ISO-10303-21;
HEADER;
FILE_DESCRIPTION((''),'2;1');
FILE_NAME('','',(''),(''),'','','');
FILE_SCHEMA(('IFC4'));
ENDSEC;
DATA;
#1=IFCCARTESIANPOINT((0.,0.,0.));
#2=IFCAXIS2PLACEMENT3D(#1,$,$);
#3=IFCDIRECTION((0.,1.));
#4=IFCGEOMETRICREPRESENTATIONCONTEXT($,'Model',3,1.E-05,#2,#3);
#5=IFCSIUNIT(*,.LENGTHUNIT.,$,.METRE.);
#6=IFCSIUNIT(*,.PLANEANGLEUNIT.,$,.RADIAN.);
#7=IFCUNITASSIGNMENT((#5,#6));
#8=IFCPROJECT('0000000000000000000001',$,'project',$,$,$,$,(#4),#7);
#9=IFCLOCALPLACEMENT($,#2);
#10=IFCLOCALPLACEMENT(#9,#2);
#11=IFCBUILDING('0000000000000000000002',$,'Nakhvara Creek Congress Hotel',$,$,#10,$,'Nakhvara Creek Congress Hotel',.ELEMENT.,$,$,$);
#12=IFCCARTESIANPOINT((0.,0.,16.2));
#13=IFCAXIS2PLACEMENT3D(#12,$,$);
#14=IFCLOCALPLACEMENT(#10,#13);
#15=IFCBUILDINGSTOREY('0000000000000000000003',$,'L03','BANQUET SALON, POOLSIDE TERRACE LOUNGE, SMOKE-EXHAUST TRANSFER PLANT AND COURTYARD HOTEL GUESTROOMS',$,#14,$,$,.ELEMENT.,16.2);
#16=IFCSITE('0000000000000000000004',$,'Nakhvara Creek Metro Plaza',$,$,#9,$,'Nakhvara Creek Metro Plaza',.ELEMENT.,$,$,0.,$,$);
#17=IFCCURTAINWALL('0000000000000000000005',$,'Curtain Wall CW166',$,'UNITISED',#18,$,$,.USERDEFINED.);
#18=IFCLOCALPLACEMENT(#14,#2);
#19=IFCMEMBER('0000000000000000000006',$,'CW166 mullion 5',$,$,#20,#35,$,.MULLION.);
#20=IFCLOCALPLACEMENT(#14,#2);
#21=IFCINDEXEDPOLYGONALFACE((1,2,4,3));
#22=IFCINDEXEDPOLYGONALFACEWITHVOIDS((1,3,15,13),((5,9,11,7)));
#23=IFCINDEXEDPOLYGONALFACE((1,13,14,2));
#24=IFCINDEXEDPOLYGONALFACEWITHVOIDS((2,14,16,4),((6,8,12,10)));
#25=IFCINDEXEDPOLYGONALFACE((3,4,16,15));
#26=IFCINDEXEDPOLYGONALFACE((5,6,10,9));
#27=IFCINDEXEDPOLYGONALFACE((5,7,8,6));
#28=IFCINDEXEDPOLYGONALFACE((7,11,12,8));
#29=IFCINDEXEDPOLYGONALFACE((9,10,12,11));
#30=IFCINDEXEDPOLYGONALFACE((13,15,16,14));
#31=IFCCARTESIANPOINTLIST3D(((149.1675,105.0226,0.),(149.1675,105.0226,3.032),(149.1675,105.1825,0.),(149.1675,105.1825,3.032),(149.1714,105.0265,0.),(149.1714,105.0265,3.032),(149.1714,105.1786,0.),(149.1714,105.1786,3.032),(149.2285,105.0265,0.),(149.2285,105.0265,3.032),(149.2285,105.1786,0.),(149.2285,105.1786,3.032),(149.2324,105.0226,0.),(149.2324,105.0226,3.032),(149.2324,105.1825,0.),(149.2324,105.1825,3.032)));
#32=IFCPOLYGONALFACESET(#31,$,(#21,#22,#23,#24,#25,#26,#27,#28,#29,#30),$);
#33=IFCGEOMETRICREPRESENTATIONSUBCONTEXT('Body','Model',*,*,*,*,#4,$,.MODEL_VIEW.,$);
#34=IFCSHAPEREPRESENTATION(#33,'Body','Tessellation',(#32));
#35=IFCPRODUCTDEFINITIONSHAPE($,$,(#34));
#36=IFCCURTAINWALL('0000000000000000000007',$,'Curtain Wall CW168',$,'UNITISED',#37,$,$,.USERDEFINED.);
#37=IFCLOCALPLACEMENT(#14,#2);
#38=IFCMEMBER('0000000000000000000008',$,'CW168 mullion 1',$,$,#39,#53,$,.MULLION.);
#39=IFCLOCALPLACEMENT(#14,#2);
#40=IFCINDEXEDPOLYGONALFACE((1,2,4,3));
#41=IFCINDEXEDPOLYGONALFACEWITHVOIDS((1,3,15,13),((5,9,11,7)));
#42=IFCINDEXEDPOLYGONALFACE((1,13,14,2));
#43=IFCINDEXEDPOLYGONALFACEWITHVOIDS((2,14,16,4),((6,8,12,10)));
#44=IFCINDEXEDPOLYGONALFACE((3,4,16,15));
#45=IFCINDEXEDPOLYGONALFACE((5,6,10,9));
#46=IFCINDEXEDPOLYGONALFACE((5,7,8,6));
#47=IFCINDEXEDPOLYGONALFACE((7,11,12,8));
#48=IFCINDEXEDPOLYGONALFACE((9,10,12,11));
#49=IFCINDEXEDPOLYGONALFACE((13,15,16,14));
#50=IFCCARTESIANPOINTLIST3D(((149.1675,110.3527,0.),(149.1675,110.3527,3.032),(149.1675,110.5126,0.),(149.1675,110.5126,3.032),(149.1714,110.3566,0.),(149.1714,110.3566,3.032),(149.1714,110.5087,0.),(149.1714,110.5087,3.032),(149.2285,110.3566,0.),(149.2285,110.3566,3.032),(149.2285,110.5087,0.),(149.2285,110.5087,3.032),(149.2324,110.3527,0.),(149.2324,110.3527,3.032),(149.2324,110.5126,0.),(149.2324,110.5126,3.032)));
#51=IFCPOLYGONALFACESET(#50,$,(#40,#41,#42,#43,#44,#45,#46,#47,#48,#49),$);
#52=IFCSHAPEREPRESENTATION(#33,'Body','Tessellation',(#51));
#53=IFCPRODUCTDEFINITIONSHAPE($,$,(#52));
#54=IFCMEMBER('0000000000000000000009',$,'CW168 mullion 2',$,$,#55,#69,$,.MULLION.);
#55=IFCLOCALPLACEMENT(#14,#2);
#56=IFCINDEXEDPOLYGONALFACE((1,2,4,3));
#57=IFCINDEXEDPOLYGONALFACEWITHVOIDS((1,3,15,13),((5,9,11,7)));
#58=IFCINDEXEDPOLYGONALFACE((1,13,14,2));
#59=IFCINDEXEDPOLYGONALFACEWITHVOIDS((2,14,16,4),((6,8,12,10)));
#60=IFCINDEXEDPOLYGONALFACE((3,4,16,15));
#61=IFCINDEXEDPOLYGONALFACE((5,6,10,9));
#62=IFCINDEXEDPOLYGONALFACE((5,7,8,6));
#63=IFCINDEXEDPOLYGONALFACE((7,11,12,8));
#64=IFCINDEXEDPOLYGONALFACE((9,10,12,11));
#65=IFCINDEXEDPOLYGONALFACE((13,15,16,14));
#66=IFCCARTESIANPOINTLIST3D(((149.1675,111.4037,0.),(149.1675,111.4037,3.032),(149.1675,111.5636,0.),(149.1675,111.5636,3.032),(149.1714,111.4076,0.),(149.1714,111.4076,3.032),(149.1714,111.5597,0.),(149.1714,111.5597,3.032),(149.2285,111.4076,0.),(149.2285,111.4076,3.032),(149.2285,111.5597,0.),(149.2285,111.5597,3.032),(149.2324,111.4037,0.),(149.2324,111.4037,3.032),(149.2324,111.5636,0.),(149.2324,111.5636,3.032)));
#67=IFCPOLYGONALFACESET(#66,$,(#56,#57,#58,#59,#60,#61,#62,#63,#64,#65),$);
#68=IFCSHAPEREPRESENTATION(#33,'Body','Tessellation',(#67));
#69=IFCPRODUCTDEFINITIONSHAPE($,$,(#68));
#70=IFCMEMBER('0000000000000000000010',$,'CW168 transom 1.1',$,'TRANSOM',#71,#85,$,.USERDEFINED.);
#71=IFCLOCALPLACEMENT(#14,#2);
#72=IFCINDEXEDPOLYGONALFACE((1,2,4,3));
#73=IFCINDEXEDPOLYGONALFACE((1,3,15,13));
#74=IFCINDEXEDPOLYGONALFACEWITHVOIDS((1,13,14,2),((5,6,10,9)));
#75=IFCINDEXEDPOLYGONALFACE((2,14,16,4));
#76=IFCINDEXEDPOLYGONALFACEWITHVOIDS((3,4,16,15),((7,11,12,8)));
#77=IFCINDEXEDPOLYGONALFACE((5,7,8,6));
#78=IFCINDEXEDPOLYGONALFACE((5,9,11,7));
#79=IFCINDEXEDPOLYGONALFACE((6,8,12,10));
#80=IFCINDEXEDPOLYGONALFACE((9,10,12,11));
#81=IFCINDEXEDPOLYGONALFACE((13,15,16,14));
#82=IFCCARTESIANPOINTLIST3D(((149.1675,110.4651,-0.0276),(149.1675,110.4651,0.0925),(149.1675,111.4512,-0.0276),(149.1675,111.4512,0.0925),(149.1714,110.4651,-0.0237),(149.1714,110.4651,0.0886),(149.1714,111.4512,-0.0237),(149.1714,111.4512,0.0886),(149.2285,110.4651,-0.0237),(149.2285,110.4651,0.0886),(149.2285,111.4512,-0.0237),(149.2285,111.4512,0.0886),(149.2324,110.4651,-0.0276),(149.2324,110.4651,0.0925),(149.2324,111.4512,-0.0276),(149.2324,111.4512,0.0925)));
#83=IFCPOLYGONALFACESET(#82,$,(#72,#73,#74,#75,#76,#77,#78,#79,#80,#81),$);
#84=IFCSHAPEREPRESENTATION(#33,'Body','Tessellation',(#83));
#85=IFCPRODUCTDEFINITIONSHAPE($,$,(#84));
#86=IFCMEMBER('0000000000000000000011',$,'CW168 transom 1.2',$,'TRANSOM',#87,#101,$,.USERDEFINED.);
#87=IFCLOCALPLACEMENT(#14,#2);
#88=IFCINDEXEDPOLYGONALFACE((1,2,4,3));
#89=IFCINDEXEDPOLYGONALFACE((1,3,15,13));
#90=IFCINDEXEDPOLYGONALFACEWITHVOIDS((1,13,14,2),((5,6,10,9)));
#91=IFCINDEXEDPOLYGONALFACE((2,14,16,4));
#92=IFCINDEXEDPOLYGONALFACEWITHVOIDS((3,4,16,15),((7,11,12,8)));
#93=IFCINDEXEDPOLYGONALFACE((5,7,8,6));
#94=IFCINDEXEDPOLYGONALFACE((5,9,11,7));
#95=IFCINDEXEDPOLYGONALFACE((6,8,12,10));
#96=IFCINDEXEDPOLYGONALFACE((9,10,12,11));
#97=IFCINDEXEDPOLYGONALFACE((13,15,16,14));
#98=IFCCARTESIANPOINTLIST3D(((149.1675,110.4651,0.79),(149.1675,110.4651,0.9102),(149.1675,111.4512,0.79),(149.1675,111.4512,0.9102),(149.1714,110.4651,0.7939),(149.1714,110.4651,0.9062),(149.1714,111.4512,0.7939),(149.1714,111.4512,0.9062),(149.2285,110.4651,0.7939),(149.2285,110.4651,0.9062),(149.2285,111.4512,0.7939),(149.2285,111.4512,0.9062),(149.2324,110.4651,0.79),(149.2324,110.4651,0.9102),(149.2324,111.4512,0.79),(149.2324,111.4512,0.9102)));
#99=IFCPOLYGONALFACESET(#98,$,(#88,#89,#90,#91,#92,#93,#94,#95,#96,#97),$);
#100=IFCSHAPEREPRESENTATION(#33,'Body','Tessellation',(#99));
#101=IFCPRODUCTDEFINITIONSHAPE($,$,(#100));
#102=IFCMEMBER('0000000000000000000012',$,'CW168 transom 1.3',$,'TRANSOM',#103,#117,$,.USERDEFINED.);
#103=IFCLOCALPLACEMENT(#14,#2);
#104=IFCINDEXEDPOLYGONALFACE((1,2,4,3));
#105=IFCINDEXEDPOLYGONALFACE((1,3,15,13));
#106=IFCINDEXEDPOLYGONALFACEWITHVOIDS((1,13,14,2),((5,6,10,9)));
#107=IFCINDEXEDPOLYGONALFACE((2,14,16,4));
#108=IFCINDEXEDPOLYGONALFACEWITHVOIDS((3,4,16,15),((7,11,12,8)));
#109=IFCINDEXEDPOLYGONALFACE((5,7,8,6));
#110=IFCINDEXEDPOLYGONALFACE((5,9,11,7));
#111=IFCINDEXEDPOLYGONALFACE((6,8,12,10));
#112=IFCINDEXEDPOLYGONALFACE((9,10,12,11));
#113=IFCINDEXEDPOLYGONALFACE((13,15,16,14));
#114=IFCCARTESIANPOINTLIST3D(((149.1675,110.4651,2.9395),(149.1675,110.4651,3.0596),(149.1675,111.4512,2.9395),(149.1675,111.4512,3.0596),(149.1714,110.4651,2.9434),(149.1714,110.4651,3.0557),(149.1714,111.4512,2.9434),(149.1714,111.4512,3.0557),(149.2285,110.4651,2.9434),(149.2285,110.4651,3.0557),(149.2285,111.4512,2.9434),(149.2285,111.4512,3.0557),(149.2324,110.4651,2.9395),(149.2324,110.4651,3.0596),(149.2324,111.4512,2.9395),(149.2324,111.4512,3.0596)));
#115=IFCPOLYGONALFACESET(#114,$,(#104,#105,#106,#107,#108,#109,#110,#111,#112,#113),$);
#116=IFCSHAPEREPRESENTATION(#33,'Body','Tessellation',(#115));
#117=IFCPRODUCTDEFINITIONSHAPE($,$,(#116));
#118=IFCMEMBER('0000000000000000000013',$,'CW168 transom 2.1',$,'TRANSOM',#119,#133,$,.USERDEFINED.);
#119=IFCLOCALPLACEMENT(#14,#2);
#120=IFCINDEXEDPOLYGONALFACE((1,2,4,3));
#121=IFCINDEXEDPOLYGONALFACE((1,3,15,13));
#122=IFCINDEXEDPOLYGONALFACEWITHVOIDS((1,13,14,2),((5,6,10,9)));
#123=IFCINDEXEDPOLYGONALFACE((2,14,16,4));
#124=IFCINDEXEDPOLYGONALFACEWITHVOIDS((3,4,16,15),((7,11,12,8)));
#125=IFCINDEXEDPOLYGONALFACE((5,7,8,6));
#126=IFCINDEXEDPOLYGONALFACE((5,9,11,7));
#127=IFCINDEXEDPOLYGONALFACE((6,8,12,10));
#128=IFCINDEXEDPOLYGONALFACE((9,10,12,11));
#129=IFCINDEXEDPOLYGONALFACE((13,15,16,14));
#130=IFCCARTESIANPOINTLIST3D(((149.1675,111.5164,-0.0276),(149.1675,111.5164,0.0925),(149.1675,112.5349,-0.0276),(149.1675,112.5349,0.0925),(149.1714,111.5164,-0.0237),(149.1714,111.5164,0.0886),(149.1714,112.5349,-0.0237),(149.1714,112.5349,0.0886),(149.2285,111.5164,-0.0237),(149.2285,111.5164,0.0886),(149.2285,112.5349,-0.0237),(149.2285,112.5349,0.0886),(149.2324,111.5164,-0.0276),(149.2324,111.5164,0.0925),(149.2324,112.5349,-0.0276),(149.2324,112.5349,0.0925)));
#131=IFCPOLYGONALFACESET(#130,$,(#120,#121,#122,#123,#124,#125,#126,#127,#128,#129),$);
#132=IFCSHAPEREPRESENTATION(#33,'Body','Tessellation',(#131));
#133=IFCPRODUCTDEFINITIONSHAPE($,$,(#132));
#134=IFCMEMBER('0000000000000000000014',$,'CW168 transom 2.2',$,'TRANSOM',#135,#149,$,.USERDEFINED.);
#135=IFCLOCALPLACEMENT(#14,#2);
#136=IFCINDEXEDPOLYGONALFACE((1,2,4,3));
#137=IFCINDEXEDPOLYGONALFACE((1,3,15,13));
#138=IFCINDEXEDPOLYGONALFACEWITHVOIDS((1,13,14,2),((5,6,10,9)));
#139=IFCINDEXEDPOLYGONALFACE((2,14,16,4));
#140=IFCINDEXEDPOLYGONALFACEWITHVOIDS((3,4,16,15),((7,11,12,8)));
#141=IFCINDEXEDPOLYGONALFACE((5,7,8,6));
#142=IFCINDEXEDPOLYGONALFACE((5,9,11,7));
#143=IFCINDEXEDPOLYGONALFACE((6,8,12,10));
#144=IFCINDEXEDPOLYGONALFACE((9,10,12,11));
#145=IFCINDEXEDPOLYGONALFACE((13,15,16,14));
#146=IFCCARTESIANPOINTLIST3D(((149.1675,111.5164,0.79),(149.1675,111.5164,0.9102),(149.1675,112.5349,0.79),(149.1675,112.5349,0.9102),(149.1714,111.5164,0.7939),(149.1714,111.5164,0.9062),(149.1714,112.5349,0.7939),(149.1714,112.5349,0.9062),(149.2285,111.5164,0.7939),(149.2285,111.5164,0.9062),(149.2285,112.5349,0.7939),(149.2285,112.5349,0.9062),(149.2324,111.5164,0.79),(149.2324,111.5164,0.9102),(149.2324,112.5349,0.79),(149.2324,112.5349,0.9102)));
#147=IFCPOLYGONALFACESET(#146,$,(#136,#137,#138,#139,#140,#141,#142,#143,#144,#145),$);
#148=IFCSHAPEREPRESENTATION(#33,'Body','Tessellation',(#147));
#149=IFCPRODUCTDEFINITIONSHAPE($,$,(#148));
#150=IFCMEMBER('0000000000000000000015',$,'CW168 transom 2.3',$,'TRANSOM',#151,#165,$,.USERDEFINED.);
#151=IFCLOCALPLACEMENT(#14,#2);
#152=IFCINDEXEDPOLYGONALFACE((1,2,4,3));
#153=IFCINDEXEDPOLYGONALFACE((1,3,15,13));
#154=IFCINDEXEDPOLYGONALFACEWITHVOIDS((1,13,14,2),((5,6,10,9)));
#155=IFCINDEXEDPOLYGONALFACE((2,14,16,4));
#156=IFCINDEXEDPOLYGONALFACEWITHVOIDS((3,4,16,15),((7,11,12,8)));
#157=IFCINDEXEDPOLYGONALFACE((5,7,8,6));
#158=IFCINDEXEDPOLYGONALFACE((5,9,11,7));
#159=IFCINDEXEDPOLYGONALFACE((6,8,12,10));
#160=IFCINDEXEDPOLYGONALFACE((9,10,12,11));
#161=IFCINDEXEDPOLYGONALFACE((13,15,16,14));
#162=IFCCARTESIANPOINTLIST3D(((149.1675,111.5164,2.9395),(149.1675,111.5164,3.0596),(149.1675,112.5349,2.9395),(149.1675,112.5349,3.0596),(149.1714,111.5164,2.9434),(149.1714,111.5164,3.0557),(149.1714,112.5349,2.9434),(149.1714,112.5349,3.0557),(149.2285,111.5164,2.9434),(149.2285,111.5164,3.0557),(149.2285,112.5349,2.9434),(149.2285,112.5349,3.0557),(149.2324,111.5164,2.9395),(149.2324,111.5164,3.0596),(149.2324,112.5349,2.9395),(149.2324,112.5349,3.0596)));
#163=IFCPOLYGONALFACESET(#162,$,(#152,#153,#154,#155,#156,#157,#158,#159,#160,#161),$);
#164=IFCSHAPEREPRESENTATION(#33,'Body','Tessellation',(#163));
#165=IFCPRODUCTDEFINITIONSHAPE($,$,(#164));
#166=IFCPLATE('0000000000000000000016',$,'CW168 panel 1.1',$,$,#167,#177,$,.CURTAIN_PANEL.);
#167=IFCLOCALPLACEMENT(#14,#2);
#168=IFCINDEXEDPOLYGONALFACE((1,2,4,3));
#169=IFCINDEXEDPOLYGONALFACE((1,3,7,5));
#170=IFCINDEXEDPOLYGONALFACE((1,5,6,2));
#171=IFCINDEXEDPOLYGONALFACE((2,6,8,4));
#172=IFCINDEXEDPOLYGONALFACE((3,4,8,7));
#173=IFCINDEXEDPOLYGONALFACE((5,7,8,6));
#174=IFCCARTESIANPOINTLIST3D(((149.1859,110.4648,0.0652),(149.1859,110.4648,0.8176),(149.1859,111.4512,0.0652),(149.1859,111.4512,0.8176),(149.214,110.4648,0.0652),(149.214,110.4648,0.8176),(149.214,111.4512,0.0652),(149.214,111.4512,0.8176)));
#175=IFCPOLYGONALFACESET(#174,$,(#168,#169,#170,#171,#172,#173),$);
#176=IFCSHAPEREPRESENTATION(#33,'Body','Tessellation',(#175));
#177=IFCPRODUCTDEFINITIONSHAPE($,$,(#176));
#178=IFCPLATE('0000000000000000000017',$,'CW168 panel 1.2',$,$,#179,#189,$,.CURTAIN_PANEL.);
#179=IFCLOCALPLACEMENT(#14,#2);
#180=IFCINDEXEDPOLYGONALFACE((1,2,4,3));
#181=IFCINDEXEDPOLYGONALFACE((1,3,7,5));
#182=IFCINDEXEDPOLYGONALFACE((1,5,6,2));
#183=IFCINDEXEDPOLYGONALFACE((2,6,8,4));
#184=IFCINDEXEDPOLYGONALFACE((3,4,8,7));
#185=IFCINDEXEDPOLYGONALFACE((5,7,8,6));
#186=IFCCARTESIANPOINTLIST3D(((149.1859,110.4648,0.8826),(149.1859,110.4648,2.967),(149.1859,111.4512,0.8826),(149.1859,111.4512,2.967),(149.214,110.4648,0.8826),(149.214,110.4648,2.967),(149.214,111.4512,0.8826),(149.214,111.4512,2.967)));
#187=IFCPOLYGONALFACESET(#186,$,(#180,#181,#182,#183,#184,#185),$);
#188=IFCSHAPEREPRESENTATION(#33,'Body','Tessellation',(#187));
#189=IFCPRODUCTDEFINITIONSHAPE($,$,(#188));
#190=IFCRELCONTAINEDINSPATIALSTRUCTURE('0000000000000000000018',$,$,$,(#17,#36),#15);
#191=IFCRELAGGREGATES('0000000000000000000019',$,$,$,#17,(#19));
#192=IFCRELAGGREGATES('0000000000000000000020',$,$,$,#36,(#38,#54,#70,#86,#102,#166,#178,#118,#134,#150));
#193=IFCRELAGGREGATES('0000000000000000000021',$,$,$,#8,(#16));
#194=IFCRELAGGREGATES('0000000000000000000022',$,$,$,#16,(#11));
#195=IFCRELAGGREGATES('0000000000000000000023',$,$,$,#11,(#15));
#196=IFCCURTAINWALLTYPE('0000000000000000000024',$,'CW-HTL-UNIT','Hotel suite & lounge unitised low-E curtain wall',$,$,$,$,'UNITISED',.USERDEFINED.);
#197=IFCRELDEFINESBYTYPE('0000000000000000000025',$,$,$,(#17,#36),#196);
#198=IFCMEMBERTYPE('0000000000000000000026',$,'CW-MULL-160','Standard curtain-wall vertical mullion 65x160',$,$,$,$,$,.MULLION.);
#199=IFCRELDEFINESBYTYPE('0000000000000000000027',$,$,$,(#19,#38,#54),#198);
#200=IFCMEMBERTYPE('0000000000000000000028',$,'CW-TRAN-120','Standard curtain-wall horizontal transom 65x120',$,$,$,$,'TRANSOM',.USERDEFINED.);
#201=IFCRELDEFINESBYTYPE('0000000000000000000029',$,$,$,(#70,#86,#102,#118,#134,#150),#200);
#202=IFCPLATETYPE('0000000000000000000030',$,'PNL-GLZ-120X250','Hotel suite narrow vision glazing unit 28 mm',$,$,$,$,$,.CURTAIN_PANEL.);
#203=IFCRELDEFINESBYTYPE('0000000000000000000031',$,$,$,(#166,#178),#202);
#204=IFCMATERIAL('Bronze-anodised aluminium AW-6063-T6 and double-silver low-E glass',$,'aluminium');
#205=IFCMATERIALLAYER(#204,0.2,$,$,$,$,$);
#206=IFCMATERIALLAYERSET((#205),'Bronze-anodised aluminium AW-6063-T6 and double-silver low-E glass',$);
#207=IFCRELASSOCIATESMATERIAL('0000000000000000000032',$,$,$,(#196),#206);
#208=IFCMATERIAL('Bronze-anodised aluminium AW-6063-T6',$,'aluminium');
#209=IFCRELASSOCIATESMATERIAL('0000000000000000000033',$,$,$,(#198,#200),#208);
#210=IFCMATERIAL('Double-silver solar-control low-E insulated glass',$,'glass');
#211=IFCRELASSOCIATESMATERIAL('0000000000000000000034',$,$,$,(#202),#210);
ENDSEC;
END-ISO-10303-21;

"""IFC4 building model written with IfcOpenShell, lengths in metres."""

from ifc_helpers import new_model, si_unit, direction, frame, origin, origin_2d, place, context, subcontext, project, spatial, rectangle, hollow_rectangle, extrude, material, layer, layer_set, material_profile, profile_set, type_object, element, aggregate, save


model = new_model("IFC4")

# Units and contexts
model_context = context("Model", 3, precision=1e-05, world=origin(), true_north=direction((0.0, 1.0)))
body_context = subcontext(model_context, "Body", "Model", "MODEL_VIEW")
ifc_project = project(units=[si_unit("LENGTHUNIT", "METRE"), si_unit("PLANEANGLEUNIT", "RADIAN")], contexts=[model_context])

# Site, building, storey
site_placement = place(None, origin())
site = spatial("IfcSite", under=ifc_project, at=site_placement, Name="Nakhvara Creek Metro Plaza", LongName="Nakhvara Creek Metro Plaza", CompositionType="ELEMENT", RefElevation=0.0)
building_placement = place(site_placement, origin())
building = spatial("IfcBuilding", under=site, at=building_placement, Name="Nakhvara Creek Congress Hotel", LongName="Nakhvara Creek Congress Hotel", CompositionType="ELEMENT")
storey_placement = place(building_placement, frame((0.0, 0.0, 16.2)))
storey = spatial("IfcBuildingStorey", under=building, at=storey_placement, Name="L03", Description="BANQUET SALON, POOLSIDE TERRACE LOUNGE, SMOKE-EXHAUST TRANSFER PLANT AND COURTYARD HOTEL GUESTROOMS", CompositionType="ELEMENT", Elevation=16.2)

# Curtain wall, member
ifc_material_1 = material(Name="Bronze-anodised aluminium AW-6063-T6 and double-silver low-E glass", Category="aluminium")
ifc_layer = layer(ifc_material_1, 0.2)
ifc_layer_set = layer_set([ifc_layer], Name="Bronze-anodised aluminium AW-6063-T6 and double-silver low-E glass")
curtain_wall_type = type_object("IfcCurtainWallType", Name="CW-HTL-UNIT", Description="Hotel suite & lounge unitised low-E curtain wall", ElementType="UNITISED", PredefinedType="USERDEFINED", material=ifc_layer_set)
curtain_wall_1_placement = place(storey_placement, origin())
curtain_wall_1 = element("IfcCurtainWall", 1, at=curtain_wall_1_placement, inside=storey, type_object=curtain_wall_type, Name="Curtain Wall CW166", ObjectType="UNITISED", PredefinedType="USERDEFINED")
ifc_material_2 = material(Name="Bronze-anodised aluminium AW-6063-T6", Category="aluminium")
ifc_material_profile_1 = material_profile(ifc_material_2, hollow_rectangle(XDim=0.0649, YDim=0.1599, WallThickness=0.0039, at=origin_2d()), Name="ALU-MULL 65x160x4", Category="LoadBearing")
ifc_profile_set_1 = profile_set([ifc_material_profile_1], Name="Bronze-anodised aluminium AW-6063-T6")
member_type_1 = type_object("IfcMemberType", Name="CW-MULL-160", Description="Standard curtain-wall vertical mullion 65x160", PredefinedType="MULLION", material=ifc_profile_set_1)
member_1_placement = place(storey_placement, frame((149.2, 105.1025, 0.0), z_axis=(0.0, 0.0, 1.0), x_axis=(-1.0, 0.0, 0.0)))
member_1 = element("IfcMember", 2, at=member_1_placement, type_object=member_type_1, Name="CW166 mullion 5", PredefinedType="MULLION", context=body_context, shape_type="SweptSolid", body=[
    extrude(hollow_rectangle(XDim=0.0649, YDim=0.1599, WallThickness=0.0039, at=origin_2d()), origin(), (0.0, 0.0, 1.0), 3.032),
])
aggregate(curtain_wall_1, [member_1])

# Curtain wall, members, plates
curtain_wall_2_placement = place(storey_placement, origin())
curtain_wall_2 = element("IfcCurtainWall", 3, at=curtain_wall_2_placement, inside=storey, type_object=curtain_wall_type, Name="Curtain Wall CW168", ObjectType="UNITISED", PredefinedType="USERDEFINED")
member_2_placement = place(storey_placement, frame((149.2, 110.4326, 0.0), z_axis=(0.0, 0.0, 1.0), x_axis=(-1.0, 0.0, 0.0)))
member_2 = element("IfcMember", 4, at=member_2_placement, type_object=member_type_1, Name="CW168 mullion 1", PredefinedType="MULLION", context=body_context, shape_type="SweptSolid", body=[
    extrude(hollow_rectangle(XDim=0.0649, YDim=0.1599, WallThickness=0.0039, at=origin_2d()), origin(), (0.0, 0.0, 1.0), 3.032),
])
member_3_placement = place(storey_placement, frame((149.2, 111.4836, 0.0), z_axis=(0.0, 0.0, 1.0), x_axis=(-1.0, 0.0, 0.0)))
member_3 = element("IfcMember", 5, at=member_3_placement, type_object=member_type_1, Name="CW168 mullion 2", PredefinedType="MULLION", context=body_context, shape_type="SweptSolid", body=[
    extrude(hollow_rectangle(XDim=0.0649, YDim=0.1599, WallThickness=0.0039, at=origin_2d()), origin(), (0.0, 0.0, 1.0), 3.032),
])
ifc_material_profile_2 = material_profile(ifc_material_2, hollow_rectangle(XDim=0.0649, YDim=0.1201, WallThickness=0.0039, at=origin_2d()), Name="ALU-TRAN 65x120x4", Category="LoadBearing")
ifc_profile_set_2 = profile_set([ifc_material_profile_2], Name="Bronze-anodised aluminium AW-6063-T6")
member_type_2 = type_object("IfcMemberType", Name="CW-TRAN-120", Description="Standard curtain-wall horizontal transom 65x120", ElementType="TRANSOM", PredefinedType="USERDEFINED", material=ifc_profile_set_2)
member_4_placement = place(storey_placement, frame((149.2, 110.4651, 0.0325), z_axis=(0.0, 1.0, 0.0), x_axis=(-1.0, 0.0, 0.0)))
member_4 = element("IfcMember", 6, at=member_4_placement, type_object=member_type_2, Name="CW168 transom 1.1", ObjectType="TRANSOM", PredefinedType="USERDEFINED", context=body_context, shape_type="SweptSolid", body=[
    extrude(hollow_rectangle(XDim=0.0649, YDim=0.1201, WallThickness=0.0039, at=origin_2d()), origin(), (0.0, 0.0, 1.0), 0.9861),
])
member_5_placement = place(storey_placement, frame((149.2, 110.4651, 0.8501), z_axis=(0.0, 1.0, 0.0), x_axis=(-1.0, 0.0, 0.0)))
member_5 = element("IfcMember", 7, at=member_5_placement, type_object=member_type_2, Name="CW168 transom 1.2", ObjectType="TRANSOM", PredefinedType="USERDEFINED", context=body_context, shape_type="SweptSolid", body=[
    extrude(hollow_rectangle(XDim=0.0649, YDim=0.1201, WallThickness=0.0039, at=origin_2d()), origin(), (0.0, 0.0, 1.0), 0.9861),
])
member_6_placement = place(storey_placement, frame((149.2, 110.4651, 2.9995), z_axis=(0.0, 1.0, 0.0), x_axis=(-1.0, 0.0, 0.0)))
member_6 = element("IfcMember", 8, at=member_6_placement, type_object=member_type_2, Name="CW168 transom 1.3", ObjectType="TRANSOM", PredefinedType="USERDEFINED", context=body_context, shape_type="SweptSolid", body=[
    extrude(hollow_rectangle(XDim=0.0649, YDim=0.1201, WallThickness=0.0039, at=origin_2d()), origin(), (0.0, 0.0, 1.0), 0.9861),
])
member_7_placement = place(storey_placement, frame((149.2, 111.5164, 0.0325), z_axis=(0.0, 1.0, 0.0), x_axis=(-1.0, 0.0, 0.0)))
member_7 = element("IfcMember", 9, at=member_7_placement, type_object=member_type_2, Name="CW168 transom 2.1", ObjectType="TRANSOM", PredefinedType="USERDEFINED", context=body_context, shape_type="SweptSolid", body=[
    extrude(hollow_rectangle(XDim=0.0649, YDim=0.1201, WallThickness=0.0039, at=origin_2d()), origin(), (0.0, 0.0, 1.0), 1.0186),
])
member_8_placement = place(storey_placement, frame((149.2, 111.5164, 0.8501), z_axis=(0.0, 1.0, 0.0), x_axis=(-1.0, 0.0, 0.0)))
member_8 = element("IfcMember", 10, at=member_8_placement, type_object=member_type_2, Name="CW168 transom 2.2", ObjectType="TRANSOM", PredefinedType="USERDEFINED", context=body_context, shape_type="SweptSolid", body=[
    extrude(hollow_rectangle(XDim=0.0649, YDim=0.1201, WallThickness=0.0039, at=origin_2d()), origin(), (0.0, 0.0, 1.0), 1.0186),
])
member_9_placement = place(storey_placement, frame((149.2, 111.5164, 2.9995), z_axis=(0.0, 1.0, 0.0), x_axis=(-1.0, 0.0, 0.0)))
member_9 = element("IfcMember", 11, at=member_9_placement, type_object=member_type_2, Name="CW168 transom 2.3", ObjectType="TRANSOM", PredefinedType="USERDEFINED", context=body_context, shape_type="SweptSolid", body=[
    extrude(hollow_rectangle(XDim=0.0649, YDim=0.1201, WallThickness=0.0039, at=origin_2d()), origin(), (0.0, 0.0, 1.0), 1.0186),
])
ifc_material_3 = material(Name="Double-silver solar-control low-E insulated glass", Category="glass")
plate_type = type_object("IfcPlateType", Name="PNL-GLZ-120X250", Description="Hotel suite narrow vision glazing unit 28 mm", PredefinedType="CURTAIN_PANEL", material=ifc_material_3)
plate_1_placement = place(storey_placement, frame((149.2, 110.958, 0.0652), z_axis=(0.0, 0.0, 1.0), x_axis=(0.0, 1.0, 0.0)))
plate_1 = element("IfcPlate", 12, at=plate_1_placement, type_object=plate_type, Name="CW168 panel 1.1", PredefinedType="CURTAIN_PANEL", context=body_context, shape_type="SweptSolid", body=[
    extrude(rectangle(XDim=0.9863, YDim=0.0281, at=origin_2d()), origin(), (0.0, 0.0, 1.0), 0.7524),
])
plate_2_placement = place(storey_placement, frame((149.2, 110.958, 0.8826), z_axis=(0.0, 0.0, 1.0), x_axis=(0.0, 1.0, 0.0)))
plate_2 = element("IfcPlate", 13, at=plate_2_placement, type_object=plate_type, Name="CW168 panel 1.2", PredefinedType="CURTAIN_PANEL", context=body_context, shape_type="SweptSolid", body=[
    extrude(rectangle(XDim=0.9863, YDim=0.0281, at=origin_2d()), origin(), (0.0, 0.0, 1.0), 2.0845),
])
aggregate(curtain_wall_2, [member_2, member_3, member_4, member_5, member_6, plate_1, plate_2, member_7, member_8, member_9])

save(model, "model.ifc")
